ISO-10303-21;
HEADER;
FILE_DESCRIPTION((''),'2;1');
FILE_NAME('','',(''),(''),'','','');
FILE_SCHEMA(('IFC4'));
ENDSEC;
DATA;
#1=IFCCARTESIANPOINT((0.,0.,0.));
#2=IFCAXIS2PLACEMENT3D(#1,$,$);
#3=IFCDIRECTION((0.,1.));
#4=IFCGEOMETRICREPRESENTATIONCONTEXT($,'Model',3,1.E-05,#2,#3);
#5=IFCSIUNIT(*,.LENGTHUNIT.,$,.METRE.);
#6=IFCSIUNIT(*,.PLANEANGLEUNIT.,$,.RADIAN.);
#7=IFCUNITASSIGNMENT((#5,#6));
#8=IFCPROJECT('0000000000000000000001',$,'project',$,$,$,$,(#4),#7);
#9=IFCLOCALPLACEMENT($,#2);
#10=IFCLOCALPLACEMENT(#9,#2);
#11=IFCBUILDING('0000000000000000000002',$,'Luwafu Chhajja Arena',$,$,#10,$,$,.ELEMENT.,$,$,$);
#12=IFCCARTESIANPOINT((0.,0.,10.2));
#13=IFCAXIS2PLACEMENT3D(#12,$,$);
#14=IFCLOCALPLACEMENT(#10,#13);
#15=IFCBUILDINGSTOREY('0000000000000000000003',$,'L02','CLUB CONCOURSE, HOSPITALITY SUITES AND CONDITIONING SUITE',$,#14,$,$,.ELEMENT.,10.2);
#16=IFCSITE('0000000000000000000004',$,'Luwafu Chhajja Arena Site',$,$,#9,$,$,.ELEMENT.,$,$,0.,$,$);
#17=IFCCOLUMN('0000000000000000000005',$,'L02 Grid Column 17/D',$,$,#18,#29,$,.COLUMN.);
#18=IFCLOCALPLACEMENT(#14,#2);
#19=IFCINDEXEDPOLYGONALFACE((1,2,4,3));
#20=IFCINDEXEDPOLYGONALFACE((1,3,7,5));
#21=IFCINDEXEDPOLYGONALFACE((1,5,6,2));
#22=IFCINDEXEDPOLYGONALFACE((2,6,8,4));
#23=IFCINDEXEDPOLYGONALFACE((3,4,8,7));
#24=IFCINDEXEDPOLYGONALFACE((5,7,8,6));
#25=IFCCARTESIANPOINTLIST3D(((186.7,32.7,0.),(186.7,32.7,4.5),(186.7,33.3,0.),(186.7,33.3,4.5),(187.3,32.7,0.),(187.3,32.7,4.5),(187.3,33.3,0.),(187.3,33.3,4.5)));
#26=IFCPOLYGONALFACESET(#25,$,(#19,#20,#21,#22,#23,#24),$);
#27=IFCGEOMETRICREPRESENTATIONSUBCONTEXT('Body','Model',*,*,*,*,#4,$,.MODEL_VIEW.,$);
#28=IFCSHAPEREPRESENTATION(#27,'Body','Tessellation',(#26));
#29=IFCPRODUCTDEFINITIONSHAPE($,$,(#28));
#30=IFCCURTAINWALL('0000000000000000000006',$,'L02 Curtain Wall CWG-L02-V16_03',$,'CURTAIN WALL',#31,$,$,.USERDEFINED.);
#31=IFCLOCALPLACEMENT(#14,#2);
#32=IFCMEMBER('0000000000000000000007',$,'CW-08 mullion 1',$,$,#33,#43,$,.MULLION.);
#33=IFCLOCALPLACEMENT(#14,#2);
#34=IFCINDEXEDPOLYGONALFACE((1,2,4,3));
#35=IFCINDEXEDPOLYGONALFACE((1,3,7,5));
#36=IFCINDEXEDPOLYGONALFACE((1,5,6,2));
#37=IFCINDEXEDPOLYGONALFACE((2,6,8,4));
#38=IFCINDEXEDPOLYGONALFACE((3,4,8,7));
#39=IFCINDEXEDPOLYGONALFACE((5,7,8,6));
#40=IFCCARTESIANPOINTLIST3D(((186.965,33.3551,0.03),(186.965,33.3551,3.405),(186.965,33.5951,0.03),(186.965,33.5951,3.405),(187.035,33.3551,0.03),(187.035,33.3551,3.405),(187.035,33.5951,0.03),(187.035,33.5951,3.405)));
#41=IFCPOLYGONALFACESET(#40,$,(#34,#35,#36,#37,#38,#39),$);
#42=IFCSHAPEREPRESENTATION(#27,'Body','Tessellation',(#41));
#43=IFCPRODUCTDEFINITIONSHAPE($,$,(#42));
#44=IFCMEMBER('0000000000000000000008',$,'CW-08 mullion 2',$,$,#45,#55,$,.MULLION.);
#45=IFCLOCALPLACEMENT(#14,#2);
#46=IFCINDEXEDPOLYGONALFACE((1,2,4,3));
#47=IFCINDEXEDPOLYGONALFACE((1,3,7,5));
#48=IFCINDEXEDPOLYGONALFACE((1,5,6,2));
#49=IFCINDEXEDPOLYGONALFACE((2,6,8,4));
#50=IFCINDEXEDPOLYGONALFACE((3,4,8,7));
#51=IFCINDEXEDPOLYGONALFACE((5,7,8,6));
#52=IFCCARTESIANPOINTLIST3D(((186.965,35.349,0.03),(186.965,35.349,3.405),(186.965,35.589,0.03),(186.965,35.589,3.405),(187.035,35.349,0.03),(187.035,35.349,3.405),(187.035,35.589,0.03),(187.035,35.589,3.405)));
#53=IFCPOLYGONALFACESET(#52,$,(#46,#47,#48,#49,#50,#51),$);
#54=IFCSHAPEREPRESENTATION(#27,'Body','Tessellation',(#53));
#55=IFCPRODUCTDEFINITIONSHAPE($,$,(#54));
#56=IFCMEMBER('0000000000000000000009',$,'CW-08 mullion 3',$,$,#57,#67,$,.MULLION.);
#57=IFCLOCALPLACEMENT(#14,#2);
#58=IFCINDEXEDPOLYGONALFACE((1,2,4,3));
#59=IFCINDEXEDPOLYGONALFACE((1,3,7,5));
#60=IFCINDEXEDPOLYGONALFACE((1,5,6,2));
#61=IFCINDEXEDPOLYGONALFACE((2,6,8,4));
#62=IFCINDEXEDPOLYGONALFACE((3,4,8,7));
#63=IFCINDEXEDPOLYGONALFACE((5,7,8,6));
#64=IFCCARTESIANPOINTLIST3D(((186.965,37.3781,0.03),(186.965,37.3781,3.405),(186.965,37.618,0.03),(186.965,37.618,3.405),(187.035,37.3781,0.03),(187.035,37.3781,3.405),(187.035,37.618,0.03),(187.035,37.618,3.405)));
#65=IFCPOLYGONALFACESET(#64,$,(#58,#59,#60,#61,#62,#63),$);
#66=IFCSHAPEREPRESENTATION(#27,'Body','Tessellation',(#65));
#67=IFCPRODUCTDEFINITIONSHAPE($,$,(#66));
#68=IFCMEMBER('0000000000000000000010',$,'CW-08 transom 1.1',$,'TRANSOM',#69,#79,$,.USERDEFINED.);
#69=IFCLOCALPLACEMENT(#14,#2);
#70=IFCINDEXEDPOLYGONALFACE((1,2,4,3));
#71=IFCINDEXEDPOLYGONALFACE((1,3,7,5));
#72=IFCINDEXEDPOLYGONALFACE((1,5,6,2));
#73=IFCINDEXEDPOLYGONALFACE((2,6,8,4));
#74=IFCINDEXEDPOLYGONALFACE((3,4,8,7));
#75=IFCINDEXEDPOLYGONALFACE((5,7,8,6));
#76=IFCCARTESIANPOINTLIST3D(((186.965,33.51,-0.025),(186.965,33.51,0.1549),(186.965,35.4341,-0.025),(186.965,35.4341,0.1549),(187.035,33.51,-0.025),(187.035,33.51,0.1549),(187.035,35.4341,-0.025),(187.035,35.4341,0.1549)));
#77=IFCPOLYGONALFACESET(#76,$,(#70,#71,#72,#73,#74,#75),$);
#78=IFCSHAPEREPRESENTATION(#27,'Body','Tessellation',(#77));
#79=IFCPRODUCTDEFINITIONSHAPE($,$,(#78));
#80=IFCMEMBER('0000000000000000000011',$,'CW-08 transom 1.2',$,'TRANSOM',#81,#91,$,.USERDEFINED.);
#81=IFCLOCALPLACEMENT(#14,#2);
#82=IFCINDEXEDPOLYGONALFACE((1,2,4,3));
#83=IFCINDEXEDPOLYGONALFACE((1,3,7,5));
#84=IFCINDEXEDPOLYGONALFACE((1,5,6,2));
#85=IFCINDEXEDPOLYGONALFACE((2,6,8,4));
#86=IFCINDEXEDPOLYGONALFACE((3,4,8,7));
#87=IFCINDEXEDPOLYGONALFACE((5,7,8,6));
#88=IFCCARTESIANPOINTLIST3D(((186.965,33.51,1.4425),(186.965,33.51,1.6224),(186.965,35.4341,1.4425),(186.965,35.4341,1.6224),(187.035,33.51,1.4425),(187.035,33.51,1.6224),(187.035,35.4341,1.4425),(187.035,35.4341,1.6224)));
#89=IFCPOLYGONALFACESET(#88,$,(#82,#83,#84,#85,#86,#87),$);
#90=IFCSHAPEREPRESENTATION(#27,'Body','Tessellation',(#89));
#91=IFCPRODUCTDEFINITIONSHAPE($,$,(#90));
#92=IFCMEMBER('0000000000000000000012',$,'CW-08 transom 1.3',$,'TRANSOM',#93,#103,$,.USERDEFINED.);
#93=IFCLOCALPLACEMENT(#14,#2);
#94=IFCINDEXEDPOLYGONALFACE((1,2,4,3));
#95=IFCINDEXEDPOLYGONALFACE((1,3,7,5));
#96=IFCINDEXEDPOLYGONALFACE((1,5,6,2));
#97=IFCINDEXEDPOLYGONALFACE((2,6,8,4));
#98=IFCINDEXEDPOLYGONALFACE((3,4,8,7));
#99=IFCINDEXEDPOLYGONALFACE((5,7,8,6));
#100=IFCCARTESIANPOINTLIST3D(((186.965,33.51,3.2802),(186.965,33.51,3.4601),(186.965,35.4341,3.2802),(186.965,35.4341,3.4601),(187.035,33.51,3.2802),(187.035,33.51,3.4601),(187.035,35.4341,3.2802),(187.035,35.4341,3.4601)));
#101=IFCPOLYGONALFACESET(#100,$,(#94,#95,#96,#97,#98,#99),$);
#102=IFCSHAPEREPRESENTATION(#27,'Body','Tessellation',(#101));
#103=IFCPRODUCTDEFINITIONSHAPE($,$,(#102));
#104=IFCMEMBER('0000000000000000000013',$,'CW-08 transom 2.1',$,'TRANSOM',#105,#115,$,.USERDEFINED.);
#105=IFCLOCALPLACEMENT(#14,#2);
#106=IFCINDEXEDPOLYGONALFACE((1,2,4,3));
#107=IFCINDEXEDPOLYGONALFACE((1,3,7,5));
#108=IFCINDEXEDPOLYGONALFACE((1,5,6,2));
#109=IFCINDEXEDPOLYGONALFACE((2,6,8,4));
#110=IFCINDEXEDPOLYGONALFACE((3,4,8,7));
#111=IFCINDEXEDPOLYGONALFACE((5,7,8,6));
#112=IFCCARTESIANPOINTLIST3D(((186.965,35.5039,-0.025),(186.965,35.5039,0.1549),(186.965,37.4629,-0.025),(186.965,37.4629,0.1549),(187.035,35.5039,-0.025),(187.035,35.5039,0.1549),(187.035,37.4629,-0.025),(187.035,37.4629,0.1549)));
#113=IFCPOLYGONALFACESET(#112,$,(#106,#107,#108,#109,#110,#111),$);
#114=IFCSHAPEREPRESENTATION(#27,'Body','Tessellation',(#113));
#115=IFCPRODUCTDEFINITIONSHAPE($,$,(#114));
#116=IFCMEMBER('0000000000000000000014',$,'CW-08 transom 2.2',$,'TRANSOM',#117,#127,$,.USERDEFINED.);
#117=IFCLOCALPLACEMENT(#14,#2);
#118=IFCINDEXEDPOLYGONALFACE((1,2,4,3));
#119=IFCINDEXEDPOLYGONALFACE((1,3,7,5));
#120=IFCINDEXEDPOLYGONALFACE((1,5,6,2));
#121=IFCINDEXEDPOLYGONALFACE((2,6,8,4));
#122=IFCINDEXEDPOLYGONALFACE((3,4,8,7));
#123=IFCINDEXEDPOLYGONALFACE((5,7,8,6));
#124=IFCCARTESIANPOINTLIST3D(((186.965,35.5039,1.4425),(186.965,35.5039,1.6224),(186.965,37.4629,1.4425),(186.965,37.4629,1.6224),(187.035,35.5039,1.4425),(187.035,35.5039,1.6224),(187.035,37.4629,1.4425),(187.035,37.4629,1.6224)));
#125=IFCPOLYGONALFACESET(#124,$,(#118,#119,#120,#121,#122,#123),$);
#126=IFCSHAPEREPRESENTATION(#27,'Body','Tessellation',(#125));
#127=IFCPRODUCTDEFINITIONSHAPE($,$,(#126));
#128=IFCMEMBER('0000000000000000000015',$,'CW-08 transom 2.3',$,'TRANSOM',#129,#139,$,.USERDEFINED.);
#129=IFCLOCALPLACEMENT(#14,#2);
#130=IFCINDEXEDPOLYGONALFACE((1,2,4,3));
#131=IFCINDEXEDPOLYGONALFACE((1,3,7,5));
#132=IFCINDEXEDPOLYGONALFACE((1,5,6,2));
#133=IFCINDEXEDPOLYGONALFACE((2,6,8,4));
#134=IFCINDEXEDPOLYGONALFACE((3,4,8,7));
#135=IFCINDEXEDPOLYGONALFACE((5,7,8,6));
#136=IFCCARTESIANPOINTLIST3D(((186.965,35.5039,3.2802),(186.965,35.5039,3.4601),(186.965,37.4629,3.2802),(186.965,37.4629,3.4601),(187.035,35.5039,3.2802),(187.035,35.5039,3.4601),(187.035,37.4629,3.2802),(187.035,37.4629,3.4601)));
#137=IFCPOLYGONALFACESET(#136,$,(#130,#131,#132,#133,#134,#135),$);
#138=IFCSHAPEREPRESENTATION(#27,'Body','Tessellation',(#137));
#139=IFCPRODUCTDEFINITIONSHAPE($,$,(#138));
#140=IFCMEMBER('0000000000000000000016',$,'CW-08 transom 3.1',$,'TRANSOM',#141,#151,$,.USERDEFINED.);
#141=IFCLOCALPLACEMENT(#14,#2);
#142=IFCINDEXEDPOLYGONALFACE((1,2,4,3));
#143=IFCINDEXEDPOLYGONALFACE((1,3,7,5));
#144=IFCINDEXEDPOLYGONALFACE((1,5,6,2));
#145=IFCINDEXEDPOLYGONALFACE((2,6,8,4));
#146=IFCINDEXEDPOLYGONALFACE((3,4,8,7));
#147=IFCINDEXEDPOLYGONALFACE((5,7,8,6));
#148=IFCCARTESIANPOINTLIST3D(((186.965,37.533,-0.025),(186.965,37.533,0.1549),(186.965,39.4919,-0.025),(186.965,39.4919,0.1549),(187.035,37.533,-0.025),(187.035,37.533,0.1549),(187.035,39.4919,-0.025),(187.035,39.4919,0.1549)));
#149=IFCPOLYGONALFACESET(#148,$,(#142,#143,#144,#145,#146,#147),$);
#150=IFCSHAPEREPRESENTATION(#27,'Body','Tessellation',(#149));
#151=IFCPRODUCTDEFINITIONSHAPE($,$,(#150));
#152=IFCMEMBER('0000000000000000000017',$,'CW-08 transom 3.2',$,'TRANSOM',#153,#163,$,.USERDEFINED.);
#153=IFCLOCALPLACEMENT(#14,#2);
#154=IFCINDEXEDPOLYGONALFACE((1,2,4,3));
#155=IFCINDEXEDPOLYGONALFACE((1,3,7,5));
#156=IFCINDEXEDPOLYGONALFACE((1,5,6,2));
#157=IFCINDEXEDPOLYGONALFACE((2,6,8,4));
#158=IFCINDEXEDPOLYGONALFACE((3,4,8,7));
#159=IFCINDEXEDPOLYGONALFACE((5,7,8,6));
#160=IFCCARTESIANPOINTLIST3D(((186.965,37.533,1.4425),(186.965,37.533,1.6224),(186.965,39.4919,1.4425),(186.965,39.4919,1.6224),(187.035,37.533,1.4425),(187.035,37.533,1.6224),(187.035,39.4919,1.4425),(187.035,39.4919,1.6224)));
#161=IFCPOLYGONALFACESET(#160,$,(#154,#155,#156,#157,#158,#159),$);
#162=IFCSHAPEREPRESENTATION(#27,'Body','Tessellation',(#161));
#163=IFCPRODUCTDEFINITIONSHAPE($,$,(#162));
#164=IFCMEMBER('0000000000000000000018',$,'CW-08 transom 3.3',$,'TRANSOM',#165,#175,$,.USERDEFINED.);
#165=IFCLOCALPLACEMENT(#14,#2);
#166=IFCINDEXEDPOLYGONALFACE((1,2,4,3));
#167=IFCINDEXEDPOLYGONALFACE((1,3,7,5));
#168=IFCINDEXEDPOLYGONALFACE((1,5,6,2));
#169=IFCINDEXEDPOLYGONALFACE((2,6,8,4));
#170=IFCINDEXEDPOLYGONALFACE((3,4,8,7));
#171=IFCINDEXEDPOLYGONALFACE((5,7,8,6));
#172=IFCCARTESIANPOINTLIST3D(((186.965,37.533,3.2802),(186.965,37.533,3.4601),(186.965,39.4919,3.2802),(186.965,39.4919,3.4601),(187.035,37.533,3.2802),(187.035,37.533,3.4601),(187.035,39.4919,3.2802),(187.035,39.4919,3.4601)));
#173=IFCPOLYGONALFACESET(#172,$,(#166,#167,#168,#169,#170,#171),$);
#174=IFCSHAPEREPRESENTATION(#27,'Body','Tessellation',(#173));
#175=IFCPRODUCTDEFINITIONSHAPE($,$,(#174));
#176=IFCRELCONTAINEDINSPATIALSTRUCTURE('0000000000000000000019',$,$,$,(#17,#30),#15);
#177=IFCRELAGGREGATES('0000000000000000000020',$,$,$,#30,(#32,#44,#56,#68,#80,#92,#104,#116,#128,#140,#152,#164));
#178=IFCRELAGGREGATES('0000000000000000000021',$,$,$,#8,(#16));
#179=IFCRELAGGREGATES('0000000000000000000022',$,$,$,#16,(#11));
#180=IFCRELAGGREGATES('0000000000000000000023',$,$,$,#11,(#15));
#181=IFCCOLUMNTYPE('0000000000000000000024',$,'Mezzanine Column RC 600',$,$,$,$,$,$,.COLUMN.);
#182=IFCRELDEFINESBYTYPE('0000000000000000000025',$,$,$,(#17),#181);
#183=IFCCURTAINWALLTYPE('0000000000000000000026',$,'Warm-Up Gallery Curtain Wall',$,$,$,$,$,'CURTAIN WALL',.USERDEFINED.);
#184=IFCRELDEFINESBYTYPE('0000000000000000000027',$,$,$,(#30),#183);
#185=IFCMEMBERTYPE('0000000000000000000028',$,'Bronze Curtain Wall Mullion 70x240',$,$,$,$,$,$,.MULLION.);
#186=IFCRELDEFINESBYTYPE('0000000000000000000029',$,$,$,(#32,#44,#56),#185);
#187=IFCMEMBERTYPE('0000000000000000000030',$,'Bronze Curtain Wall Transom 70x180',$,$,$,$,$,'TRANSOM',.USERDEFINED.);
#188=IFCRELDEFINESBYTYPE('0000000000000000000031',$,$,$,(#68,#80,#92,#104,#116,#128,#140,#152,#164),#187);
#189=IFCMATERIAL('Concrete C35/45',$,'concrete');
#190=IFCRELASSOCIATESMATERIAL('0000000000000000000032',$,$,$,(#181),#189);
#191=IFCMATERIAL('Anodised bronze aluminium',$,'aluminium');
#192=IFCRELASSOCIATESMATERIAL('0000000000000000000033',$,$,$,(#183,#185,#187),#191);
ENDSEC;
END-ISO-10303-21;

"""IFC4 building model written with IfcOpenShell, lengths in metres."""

from ifc_helpers import new_model, si_unit, direction, frame, origin, origin_2d, place, context, subcontext, project, spatial, rectangle, extrude, material, material_profile, profile_set, type_object, element, aggregate, save


model = new_model("IFC4")

# Units and contexts
model_context = context("Model", 3, precision=1e-05, world=origin(), true_north=direction((0.0, 1.0)))
body_context = subcontext(model_context, "Body", "Model", "MODEL_VIEW")
ifc_project = project(units=[si_unit("LENGTHUNIT", "METRE"), si_unit("PLANEANGLEUNIT", "RADIAN")], contexts=[model_context])

# Site, building, storey
site_placement = place(None, origin())
site = spatial("IfcSite", under=ifc_project, at=site_placement, Name="Luwafu Chhajja Arena Site", CompositionType="ELEMENT", RefElevation=0.0)
building_placement = place(site_placement, origin())
building = spatial("IfcBuilding", under=site, at=building_placement, Name="Luwafu Chhajja Arena", CompositionType="ELEMENT")
storey_placement = place(building_placement, frame((0.0, 0.0, 10.2)))
storey = spatial("IfcBuildingStorey", under=building, at=storey_placement, Name="L02", Description="CLUB CONCOURSE, HOSPITALITY SUITES AND CONDITIONING SUITE", CompositionType="ELEMENT", Elevation=10.2)

# Column
ifc_material_1 = material(Name="Concrete C35/45", Category="concrete")
ifc_material_profile_1 = material_profile(ifc_material_1, rectangle(XDim=0.6001, YDim=0.6001, at=origin_2d()), Name="RC 600x600")
ifc_profile_set_1 = profile_set([ifc_material_profile_1], Name="Concrete C35/45")
column_type = type_object("IfcColumnType", Name="Mezzanine Column RC 600", PredefinedType="COLUMN", material=ifc_profile_set_1)
column_placement = place(storey_placement, frame((187.0, 33.0, 0.0), z_axis=(0.0, 0.0, 1.0), x_axis=(1.0, 0.0, 0.0)))
element("IfcColumn", 1, at=column_placement, inside=storey, type_object=column_type, Name="L02 Grid Column 17/D", PredefinedType="COLUMN", context=body_context, shape_type="SweptSolid", body=[
    extrude(rectangle(XDim=0.6001, YDim=0.6001, at=origin_2d()), origin(), (0.0, 0.0, 1.0), 4.5),
])

# Curtain wall, members
ifc_material_2 = material(Name="Anodised bronze aluminium", Category="aluminium")
curtain_wall_type = type_object("IfcCurtainWallType", Name="Warm-Up Gallery Curtain Wall", ElementType="CURTAIN WALL", PredefinedType="USERDEFINED", material=ifc_material_2)
curtain_wall_placement = place(storey_placement, origin())
curtain_wall = element("IfcCurtainWall", 2, at=curtain_wall_placement, inside=storey, type_object=curtain_wall_type, Name="L02 Curtain Wall CWG-L02-V16_03", ObjectType="CURTAIN WALL", PredefinedType="USERDEFINED")
ifc_material_profile_2 = material_profile(ifc_material_2, rectangle(XDim=0.0701, YDim=0.24, at=origin_2d()), Name="CWM 70x240")
ifc_profile_set_2 = profile_set([ifc_material_profile_2], Name="Anodised bronze aluminium")
member_type_1 = type_object("IfcMemberType", Name="Bronze Curtain Wall Mullion 70x240", PredefinedType="MULLION", material=ifc_profile_set_2)
member_1_placement = place(storey_placement, frame((187.0, 33.4751, 0.03), z_axis=(0.0, 0.0, 1.0), x_axis=(-1.0, 0.0, 0.0)))
member_1 = element("IfcMember", 3, at=member_1_placement, type_object=member_type_1, Name="CW-08 mullion 1", PredefinedType="MULLION", context=body_context, shape_type="SweptSolid", body=[
    extrude(rectangle(XDim=0.0701, YDim=0.24, at=origin_2d()), origin(), (0.0, 0.0, 1.0), 3.375),
])
member_2_placement = place(storey_placement, frame((187.0, 35.469, 0.03), z_axis=(0.0, 0.0, 1.0), x_axis=(-1.0, 0.0, 0.0)))
member_2 = element("IfcMember", 4, at=member_2_placement, type_object=member_type_1, Name="CW-08 mullion 2", PredefinedType="MULLION", context=body_context, shape_type="SweptSolid", body=[
    extrude(rectangle(XDim=0.0701, YDim=0.24, at=origin_2d()), origin(), (0.0, 0.0, 1.0), 3.375),
])
member_3_placement = place(storey_placement, frame((187.0, 37.498, 0.03), z_axis=(0.0, 0.0, 1.0), x_axis=(-1.0, 0.0, 0.0)))
member_3 = element("IfcMember", 5, at=member_3_placement, type_object=member_type_1, Name="CW-08 mullion 3", PredefinedType="MULLION", context=body_context, shape_type="SweptSolid", body=[
    extrude(rectangle(XDim=0.0701, YDim=0.24, at=origin_2d()), origin(), (0.0, 0.0, 1.0), 3.375),
])
ifc_material_profile_3 = material_profile(ifc_material_2, rectangle(XDim=0.0701, YDim=0.1799, at=origin_2d()), Name="CWT 70x180")
ifc_profile_set_3 = profile_set([ifc_material_profile_3], Name="Anodised bronze aluminium")
member_type_2 = type_object("IfcMemberType", Name="Bronze Curtain Wall Transom 70x180", ElementType="TRANSOM", PredefinedType="USERDEFINED", material=ifc_profile_set_3)
member_4_placement = place(storey_placement, frame((187.0, 33.51, 0.0649), z_axis=(0.0, 1.0, 0.0), x_axis=(-1.0, 0.0, 0.0)))
member_4 = element("IfcMember", 6, at=member_4_placement, type_object=member_type_2, Name="CW-08 transom 1.1", ObjectType="TRANSOM", PredefinedType="USERDEFINED", context=body_context, shape_type="SweptSolid", body=[
    extrude(rectangle(XDim=0.0701, YDim=0.1799, at=origin_2d()), origin(), (0.0, 0.0, 1.0), 1.9241),
])
member_5_placement = place(storey_placement, frame((187.0, 33.51, 1.5325), z_axis=(0.0, 1.0, 0.0), x_axis=(-1.0, 0.0, 0.0)))
member_5 = element("IfcMember", 7, at=member_5_placement, type_object=member_type_2, Name="CW-08 transom 1.2", ObjectType="TRANSOM", PredefinedType="USERDEFINED", context=body_context, shape_type="SweptSolid", body=[
    extrude(rectangle(XDim=0.0701, YDim=0.1799, at=origin_2d()), origin(), (0.0, 0.0, 1.0), 1.9241),
])
member_6_placement = place(storey_placement, frame((187.0, 33.51, 3.3701), z_axis=(0.0, 1.0, 0.0), x_axis=(-1.0, 0.0, 0.0)))
member_6 = element("IfcMember", 8, at=member_6_placement, type_object=member_type_2, Name="CW-08 transom 1.3", ObjectType="TRANSOM", PredefinedType="USERDEFINED", context=body_context, shape_type="SweptSolid", body=[
    extrude(rectangle(XDim=0.0701, YDim=0.1799, at=origin_2d()), origin(), (0.0, 0.0, 1.0), 1.9241),
])
member_7_placement = place(storey_placement, frame((187.0, 35.5039, 0.0649), z_axis=(0.0, 1.0, 0.0), x_axis=(-1.0, 0.0, 0.0)))
member_7 = element("IfcMember", 9, at=member_7_placement, type_object=member_type_2, Name="CW-08 transom 2.1", ObjectType="TRANSOM", PredefinedType="USERDEFINED", context=body_context, shape_type="SweptSolid", body=[
    extrude(rectangle(XDim=0.0701, YDim=0.1799, at=origin_2d()), origin(), (0.0, 0.0, 1.0), 1.959),
])
member_8_placement = place(storey_placement, frame((187.0, 35.5039, 1.5325), z_axis=(0.0, 1.0, 0.0), x_axis=(-1.0, 0.0, 0.0)))
member_8 = element("IfcMember", 10, at=member_8_placement, type_object=member_type_2, Name="CW-08 transom 2.2", ObjectType="TRANSOM", PredefinedType="USERDEFINED", context=body_context, shape_type="SweptSolid", body=[
    extrude(rectangle(XDim=0.0701, YDim=0.1799, at=origin_2d()), origin(), (0.0, 0.0, 1.0), 1.959),
])
member_9_placement = place(storey_placement, frame((187.0, 35.5039, 3.3701), z_axis=(0.0, 1.0, 0.0), x_axis=(-1.0, 0.0, 0.0)))
member_9 = element("IfcMember", 11, at=member_9_placement, type_object=member_type_2, Name="CW-08 transom 2.3", ObjectType="TRANSOM", PredefinedType="USERDEFINED", context=body_context, shape_type="SweptSolid", body=[
    extrude(rectangle(XDim=0.0701, YDim=0.1799, at=origin_2d()), origin(), (0.0, 0.0, 1.0), 1.959),
])
member_10_placement = place(storey_placement, frame((187.0, 37.533, 0.0649), z_axis=(0.0, 1.0, 0.0), x_axis=(-1.0, 0.0, 0.0)))
member_10 = element("IfcMember", 12, at=member_10_placement, type_object=member_type_2, Name="CW-08 transom 3.1", ObjectType="TRANSOM", PredefinedType="USERDEFINED", context=body_context, shape_type="SweptSolid", body=[
    extrude(rectangle(XDim=0.0701, YDim=0.1799, at=origin_2d()), origin(), (0.0, 0.0, 1.0), 1.959),
])
member_11_placement = place(storey_placement, frame((187.0, 37.533, 1.5325), z_axis=(0.0, 1.0, 0.0), x_axis=(-1.0, 0.0, 0.0)))
member_11 = element("IfcMember", 13, at=member_11_placement, type_object=member_type_2, Name="CW-08 transom 3.2", ObjectType="TRANSOM", PredefinedType="USERDEFINED", context=body_context, shape_type="SweptSolid", body=[
    extrude(rectangle(XDim=0.0701, YDim=0.1799, at=origin_2d()), origin(), (0.0, 0.0, 1.0), 1.959),
])
member_12_placement = place(storey_placement, frame((187.0, 37.533, 3.3701), z_axis=(0.0, 1.0, 0.0), x_axis=(-1.0, 0.0, 0.0)))
member_12 = element("IfcMember", 14, at=member_12_placement, type_object=member_type_2, Name="CW-08 transom 3.3", ObjectType="TRANSOM", PredefinedType="USERDEFINED", context=body_context, shape_type="SweptSolid", body=[
    extrude(rectangle(XDim=0.0701, YDim=0.1799, at=origin_2d()), origin(), (0.0, 0.0, 1.0), 1.959),
])

aggregate(curtain_wall, [member_1, member_2, member_3, member_4, member_5, member_6, member_7, member_8, member_9, member_10, member_11, member_12])

save(model, "model.ifc")
